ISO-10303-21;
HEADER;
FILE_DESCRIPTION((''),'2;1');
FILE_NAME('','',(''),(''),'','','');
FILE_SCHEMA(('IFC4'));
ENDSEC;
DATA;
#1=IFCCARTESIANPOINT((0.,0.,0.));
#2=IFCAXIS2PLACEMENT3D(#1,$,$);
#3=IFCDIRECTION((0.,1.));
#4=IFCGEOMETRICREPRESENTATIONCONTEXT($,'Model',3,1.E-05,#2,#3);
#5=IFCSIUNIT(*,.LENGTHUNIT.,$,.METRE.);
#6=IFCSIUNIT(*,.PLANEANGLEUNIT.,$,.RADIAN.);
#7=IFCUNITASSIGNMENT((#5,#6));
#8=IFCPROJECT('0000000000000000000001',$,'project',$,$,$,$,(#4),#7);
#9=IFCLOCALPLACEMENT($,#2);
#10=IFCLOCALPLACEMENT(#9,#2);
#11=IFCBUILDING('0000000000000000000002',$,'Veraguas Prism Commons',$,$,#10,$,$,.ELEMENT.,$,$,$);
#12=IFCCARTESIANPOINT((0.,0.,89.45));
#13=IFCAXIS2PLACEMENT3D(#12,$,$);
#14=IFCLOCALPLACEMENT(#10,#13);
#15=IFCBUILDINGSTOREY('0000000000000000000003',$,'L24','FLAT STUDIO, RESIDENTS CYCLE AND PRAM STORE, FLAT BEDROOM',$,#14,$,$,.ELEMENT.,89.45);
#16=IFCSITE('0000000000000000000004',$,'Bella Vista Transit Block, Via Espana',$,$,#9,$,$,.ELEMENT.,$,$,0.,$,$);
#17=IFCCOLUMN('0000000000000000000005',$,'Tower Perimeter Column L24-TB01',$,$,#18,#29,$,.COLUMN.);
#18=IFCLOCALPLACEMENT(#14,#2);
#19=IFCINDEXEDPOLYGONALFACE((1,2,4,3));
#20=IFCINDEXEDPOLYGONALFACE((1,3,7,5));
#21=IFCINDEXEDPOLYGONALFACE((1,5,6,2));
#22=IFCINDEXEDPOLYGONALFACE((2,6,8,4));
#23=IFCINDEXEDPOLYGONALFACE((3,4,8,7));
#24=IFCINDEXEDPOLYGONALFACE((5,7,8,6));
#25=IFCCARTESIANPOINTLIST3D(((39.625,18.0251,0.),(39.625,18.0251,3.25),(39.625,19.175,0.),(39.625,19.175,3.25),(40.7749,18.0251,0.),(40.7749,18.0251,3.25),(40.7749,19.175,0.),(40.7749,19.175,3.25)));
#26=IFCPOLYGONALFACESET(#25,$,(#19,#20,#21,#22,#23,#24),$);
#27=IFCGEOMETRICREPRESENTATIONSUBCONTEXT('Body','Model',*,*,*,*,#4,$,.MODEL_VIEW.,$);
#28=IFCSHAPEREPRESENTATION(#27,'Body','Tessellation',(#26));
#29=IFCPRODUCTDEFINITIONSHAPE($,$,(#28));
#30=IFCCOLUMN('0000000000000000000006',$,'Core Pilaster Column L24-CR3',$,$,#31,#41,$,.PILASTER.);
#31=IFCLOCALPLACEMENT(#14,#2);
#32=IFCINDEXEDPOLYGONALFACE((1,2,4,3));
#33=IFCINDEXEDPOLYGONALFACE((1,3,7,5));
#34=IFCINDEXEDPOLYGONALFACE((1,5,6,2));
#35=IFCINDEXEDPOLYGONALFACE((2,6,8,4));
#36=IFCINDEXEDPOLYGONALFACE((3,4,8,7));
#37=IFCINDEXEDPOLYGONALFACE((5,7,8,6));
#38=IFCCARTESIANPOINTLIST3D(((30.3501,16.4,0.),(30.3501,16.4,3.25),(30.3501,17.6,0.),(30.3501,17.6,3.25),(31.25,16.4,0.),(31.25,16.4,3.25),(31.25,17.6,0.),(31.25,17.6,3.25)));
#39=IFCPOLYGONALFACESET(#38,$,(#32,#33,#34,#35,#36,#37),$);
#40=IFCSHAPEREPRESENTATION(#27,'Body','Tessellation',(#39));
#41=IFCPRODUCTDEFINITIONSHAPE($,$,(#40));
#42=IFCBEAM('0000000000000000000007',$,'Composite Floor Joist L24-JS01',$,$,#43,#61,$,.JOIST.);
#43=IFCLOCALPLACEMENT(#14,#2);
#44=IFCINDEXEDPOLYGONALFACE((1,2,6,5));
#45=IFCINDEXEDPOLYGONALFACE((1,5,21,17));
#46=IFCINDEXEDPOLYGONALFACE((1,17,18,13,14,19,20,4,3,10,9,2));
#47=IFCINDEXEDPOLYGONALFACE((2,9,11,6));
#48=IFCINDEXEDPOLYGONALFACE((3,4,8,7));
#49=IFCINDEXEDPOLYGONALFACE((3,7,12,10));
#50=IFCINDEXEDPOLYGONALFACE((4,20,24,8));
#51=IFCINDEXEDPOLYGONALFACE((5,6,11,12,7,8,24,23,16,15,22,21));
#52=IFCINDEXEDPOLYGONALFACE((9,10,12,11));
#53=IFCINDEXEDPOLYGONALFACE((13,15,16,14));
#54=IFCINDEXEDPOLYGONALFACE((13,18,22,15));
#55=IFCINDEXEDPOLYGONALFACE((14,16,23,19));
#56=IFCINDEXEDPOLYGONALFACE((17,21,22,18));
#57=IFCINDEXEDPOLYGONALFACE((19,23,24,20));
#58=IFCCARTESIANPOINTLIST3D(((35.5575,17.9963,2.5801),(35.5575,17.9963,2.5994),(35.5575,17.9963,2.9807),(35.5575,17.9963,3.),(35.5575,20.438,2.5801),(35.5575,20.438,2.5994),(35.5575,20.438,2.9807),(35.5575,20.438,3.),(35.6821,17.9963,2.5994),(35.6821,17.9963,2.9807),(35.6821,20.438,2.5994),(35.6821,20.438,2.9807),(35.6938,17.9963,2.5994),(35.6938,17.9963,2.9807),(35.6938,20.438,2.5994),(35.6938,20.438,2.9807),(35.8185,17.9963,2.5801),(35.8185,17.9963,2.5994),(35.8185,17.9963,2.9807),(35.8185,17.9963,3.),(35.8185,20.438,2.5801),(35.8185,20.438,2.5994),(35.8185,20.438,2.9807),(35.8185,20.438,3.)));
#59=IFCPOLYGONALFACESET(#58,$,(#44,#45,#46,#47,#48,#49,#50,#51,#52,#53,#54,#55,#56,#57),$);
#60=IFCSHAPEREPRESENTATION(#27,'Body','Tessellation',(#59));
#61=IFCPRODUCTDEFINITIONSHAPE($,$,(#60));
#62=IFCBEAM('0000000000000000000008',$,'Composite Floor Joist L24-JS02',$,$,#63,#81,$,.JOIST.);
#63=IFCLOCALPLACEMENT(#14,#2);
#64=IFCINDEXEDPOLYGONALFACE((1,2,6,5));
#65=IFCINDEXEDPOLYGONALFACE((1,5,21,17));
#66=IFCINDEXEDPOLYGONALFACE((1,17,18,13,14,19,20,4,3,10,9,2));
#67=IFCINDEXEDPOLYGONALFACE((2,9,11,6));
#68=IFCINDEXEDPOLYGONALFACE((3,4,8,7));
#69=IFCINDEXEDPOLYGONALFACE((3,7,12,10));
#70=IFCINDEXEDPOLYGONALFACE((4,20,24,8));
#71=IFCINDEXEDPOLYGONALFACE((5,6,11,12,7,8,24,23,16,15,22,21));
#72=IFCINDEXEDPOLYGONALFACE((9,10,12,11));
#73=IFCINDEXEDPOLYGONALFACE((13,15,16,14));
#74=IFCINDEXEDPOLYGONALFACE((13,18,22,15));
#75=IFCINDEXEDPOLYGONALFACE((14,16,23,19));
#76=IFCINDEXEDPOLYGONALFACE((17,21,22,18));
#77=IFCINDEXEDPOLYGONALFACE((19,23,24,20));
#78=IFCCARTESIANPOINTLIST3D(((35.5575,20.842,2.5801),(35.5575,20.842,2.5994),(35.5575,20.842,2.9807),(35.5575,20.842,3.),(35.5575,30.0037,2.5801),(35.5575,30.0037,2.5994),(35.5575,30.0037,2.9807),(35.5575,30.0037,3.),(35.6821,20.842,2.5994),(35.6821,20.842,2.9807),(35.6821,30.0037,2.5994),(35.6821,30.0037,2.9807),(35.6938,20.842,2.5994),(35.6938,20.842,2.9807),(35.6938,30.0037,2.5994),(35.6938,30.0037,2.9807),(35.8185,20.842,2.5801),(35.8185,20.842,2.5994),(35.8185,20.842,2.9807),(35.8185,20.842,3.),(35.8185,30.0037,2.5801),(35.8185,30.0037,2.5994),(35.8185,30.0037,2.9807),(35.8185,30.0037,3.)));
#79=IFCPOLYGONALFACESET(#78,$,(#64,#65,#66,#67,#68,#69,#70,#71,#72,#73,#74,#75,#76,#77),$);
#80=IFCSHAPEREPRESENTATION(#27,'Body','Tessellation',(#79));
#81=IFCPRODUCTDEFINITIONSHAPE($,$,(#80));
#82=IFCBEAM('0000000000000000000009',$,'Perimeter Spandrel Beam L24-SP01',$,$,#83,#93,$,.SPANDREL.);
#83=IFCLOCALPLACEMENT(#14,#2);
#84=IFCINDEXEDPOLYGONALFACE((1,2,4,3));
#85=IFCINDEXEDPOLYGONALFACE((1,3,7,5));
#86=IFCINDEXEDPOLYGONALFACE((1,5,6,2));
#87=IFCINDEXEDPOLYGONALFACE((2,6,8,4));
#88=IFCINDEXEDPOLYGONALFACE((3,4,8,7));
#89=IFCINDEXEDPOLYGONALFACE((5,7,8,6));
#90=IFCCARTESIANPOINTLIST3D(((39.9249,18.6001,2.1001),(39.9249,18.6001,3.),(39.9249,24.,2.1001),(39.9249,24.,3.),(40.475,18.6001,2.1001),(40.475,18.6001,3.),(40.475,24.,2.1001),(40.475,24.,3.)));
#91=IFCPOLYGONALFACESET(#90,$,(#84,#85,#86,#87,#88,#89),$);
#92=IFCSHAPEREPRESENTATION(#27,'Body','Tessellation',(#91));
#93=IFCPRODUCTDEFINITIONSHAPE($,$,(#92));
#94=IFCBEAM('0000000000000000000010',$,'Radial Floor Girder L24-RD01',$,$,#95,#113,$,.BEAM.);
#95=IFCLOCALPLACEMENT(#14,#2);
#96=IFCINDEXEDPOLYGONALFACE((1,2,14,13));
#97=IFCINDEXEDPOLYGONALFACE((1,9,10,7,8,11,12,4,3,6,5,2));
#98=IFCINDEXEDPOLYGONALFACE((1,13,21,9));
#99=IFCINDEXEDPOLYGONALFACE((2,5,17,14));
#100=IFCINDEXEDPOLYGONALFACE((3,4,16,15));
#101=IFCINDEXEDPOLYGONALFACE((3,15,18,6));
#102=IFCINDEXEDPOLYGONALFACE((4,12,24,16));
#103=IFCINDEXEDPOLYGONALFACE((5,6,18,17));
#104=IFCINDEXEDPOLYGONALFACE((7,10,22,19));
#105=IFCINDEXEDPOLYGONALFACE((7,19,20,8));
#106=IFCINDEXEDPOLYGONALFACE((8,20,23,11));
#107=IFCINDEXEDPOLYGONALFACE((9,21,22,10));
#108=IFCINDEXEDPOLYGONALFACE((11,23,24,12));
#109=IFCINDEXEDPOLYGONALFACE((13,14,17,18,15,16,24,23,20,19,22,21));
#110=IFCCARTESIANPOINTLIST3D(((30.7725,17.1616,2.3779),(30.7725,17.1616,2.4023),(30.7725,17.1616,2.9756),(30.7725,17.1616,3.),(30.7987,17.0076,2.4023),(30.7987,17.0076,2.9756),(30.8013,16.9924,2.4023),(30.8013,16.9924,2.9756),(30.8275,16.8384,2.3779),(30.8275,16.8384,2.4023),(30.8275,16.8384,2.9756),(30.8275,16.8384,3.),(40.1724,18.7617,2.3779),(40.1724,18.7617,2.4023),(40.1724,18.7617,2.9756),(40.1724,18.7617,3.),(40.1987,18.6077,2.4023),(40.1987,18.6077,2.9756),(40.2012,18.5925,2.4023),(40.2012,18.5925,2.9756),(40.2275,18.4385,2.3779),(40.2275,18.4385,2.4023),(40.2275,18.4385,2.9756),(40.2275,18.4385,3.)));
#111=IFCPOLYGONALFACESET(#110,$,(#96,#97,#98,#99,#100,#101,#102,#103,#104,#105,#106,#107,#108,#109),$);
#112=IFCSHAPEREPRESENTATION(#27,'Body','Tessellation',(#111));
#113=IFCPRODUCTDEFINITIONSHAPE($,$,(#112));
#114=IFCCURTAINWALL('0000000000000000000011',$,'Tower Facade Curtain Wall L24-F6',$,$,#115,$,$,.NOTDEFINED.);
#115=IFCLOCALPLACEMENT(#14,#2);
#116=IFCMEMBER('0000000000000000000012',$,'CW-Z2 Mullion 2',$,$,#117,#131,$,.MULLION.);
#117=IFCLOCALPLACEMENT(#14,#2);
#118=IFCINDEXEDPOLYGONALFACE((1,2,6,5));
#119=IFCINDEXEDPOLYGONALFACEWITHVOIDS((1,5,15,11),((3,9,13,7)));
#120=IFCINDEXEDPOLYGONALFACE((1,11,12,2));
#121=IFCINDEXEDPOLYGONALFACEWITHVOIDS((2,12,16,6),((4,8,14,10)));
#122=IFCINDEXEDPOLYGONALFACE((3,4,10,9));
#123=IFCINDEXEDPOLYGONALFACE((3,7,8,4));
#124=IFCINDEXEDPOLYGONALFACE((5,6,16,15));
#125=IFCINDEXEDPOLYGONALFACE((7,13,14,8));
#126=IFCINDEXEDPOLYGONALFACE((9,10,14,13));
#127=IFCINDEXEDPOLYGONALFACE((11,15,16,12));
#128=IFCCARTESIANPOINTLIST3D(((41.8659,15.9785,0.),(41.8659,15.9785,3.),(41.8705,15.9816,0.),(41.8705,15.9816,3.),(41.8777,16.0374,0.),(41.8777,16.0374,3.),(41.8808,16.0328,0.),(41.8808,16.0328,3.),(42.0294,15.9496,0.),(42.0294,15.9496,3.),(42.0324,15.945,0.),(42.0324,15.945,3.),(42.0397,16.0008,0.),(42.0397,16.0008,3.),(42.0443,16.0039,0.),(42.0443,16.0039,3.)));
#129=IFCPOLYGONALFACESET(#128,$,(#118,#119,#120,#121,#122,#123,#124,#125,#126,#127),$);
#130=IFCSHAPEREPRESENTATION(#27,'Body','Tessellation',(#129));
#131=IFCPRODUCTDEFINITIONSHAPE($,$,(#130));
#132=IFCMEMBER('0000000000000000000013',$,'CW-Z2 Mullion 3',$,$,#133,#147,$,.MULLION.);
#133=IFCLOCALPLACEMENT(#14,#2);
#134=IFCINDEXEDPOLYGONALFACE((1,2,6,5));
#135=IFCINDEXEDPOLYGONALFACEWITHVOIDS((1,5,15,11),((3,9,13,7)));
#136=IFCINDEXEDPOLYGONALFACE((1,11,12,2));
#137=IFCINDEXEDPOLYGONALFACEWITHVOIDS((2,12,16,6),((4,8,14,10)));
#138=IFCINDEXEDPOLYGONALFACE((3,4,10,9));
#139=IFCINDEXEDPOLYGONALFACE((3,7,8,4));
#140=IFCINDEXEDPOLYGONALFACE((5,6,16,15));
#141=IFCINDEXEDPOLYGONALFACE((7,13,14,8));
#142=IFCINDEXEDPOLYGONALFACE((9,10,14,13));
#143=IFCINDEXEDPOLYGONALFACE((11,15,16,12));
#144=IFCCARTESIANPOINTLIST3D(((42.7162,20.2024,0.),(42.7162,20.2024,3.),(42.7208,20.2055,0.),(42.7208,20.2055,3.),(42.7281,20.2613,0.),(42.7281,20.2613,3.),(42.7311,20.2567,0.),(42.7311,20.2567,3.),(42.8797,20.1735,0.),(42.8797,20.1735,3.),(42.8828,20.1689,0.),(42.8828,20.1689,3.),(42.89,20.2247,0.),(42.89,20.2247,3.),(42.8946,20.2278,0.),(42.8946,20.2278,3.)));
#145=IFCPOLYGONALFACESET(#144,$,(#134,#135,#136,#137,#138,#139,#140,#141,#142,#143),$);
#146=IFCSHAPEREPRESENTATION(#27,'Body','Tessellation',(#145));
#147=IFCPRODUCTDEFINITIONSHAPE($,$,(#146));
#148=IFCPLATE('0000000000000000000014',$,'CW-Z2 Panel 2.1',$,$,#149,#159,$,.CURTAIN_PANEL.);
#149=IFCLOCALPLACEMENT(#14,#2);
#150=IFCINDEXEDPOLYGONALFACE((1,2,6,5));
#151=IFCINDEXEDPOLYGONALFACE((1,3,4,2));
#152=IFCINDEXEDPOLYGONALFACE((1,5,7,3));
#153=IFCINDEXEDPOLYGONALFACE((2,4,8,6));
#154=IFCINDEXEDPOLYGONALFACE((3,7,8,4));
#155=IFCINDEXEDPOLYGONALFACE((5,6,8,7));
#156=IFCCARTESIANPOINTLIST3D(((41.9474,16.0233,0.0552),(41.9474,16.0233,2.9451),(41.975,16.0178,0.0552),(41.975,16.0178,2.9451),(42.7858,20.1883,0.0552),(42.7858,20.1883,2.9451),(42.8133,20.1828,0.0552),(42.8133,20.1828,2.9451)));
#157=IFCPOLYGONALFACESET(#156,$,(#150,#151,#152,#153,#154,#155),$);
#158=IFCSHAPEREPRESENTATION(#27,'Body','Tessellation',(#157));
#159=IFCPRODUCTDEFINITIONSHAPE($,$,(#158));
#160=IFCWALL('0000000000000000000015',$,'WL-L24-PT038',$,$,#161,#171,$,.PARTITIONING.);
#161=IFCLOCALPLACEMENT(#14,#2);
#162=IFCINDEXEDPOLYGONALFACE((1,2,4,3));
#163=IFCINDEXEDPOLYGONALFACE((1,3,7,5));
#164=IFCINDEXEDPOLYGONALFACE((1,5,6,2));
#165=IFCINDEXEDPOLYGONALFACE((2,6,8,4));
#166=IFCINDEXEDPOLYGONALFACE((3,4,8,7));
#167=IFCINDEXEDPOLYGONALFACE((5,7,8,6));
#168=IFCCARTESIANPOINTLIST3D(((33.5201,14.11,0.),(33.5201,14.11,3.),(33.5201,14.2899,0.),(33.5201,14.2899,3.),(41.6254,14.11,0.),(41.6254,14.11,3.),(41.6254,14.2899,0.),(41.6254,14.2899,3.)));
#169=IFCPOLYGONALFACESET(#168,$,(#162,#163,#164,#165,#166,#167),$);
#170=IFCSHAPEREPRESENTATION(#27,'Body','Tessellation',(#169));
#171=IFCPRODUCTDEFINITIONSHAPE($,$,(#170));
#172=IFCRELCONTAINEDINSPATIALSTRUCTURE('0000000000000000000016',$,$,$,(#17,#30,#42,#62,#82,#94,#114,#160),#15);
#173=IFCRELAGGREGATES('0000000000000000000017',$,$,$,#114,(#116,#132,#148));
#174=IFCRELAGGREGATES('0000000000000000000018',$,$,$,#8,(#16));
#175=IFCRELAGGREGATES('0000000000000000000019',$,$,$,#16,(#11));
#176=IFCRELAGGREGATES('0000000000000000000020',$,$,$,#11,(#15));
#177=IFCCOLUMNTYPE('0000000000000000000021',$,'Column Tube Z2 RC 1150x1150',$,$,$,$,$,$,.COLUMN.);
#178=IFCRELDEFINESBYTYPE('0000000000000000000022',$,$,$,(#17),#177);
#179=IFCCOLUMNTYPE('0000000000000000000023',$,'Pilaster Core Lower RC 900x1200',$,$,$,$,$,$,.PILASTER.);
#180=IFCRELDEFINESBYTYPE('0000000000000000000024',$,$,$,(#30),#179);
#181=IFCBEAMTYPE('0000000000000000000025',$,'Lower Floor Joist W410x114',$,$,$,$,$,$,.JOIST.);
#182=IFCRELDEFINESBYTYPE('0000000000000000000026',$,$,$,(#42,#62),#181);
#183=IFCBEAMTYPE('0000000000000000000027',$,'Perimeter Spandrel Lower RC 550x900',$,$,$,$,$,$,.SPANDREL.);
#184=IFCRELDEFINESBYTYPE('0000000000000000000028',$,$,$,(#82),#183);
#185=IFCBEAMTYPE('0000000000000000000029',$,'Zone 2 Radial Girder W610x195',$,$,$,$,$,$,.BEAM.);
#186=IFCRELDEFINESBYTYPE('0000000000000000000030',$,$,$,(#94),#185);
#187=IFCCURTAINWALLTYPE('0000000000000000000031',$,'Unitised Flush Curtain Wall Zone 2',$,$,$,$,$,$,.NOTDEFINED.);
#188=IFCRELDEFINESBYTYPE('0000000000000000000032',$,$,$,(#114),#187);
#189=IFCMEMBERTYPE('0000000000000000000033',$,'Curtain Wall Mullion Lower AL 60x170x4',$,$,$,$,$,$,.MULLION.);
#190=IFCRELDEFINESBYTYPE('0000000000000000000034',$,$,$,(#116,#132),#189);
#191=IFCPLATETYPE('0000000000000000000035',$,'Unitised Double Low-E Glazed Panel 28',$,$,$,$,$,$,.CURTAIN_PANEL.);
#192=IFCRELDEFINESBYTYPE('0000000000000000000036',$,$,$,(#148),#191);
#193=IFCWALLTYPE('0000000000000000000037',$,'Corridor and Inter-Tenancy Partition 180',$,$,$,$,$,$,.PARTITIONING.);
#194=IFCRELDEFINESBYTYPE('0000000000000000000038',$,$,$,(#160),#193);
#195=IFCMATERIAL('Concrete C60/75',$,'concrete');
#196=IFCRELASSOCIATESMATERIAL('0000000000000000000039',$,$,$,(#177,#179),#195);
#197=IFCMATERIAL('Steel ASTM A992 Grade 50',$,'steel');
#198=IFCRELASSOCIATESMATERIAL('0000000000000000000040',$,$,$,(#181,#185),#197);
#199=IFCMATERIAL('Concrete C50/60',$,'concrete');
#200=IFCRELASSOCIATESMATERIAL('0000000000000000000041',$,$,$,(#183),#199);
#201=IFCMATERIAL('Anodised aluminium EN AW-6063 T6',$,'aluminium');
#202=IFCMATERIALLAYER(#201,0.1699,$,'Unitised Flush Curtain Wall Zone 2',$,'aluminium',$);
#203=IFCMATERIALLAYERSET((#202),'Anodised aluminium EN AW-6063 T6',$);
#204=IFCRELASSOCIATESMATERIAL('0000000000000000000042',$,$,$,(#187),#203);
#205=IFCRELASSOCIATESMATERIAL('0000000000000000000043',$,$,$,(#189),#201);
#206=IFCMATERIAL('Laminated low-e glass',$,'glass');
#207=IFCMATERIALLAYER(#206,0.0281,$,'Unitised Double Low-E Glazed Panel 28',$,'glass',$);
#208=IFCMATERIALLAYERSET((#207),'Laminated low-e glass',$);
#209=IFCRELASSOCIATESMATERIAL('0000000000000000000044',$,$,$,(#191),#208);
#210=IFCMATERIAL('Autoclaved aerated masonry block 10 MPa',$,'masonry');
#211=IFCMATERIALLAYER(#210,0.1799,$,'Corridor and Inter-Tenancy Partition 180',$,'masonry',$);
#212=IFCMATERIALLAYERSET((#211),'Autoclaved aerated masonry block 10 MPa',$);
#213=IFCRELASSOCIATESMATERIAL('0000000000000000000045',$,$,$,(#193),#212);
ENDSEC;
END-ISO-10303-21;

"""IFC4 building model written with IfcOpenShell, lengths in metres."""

from ifc_helpers import new_model, si_unit, direction, frame, frame_2d, origin, origin_2d, place, context, subcontext, project, spatial, rectangle, hollow_rectangle, i_section, extrude, source, transform, mapped, material, layer, layer_set, material_profile, profile_set, type_object, element, aggregate, save


model = new_model("IFC4")

# Units and contexts
model_context = context("Model", 3, precision=1e-05, world=origin(), true_north=direction((0.0, 1.0)))
body_context = subcontext(model_context, "Body", "Model", "MODEL_VIEW")
ifc_project = project(units=[si_unit("LENGTHUNIT", "METRE"), si_unit("PLANEANGLEUNIT", "RADIAN")], contexts=[model_context])

# Site, building, storey
site_placement = place(None, origin())
site = spatial("IfcSite", under=ifc_project, at=site_placement, Name="Bella Vista Transit Block, Via Espana", CompositionType="ELEMENT", RefElevation=0.0)
building_placement = place(site_placement, origin())
building = spatial("IfcBuilding", under=site, at=building_placement, Name="Veraguas Prism Commons", CompositionType="ELEMENT")
storey_placement = place(building_placement, frame((0.0, 0.0, 89.45)))
storey = spatial("IfcBuildingStorey", under=building, at=storey_placement, Name="L24", Description="FLAT STUDIO, RESIDENTS CYCLE AND PRAM STORE, FLAT BEDROOM", CompositionType="ELEMENT", Elevation=89.45)

# Columns
ifc_material_1 = material(Name="Concrete C60/75", Category="concrete")
ifc_material_profile_1 = material_profile(ifc_material_1, rectangle(XDim=1.1499, YDim=1.1499, at=origin_2d()), Name="RC1150X1150")
ifc_profile_set_1 = profile_set([ifc_material_profile_1], Name="Concrete C60/75")
column_type_1 = type_object("IfcColumnType", Name="Column Tube Z2 RC 1150x1150", PredefinedType="COLUMN", material=ifc_profile_set_1)
column_1_placement = place(storey_placement, frame((40.2, 18.6001, 0.0), z_axis=(0.0, 0.0, 1.0), x_axis=(1.0, 0.0, 0.0)))
element("IfcColumn", 1, at=column_1_placement, inside=storey, type_object=column_type_1, Name="Tower Perimeter Column L24-TB01", PredefinedType="COLUMN", context=body_context, shape_type="SweptSolid", body=[
    extrude(rectangle(XDim=1.1499, YDim=1.1499, at=origin_2d()), origin(), (0.0, 0.0, 1.0), 3.25),
])
ifc_material_profile_2 = material_profile(ifc_material_1, rectangle(XDim=0.8999, YDim=1.2, at=origin_2d()), Name="RC900X1200")
ifc_profile_set_2 = profile_set([ifc_material_profile_2], Name="Concrete C60/75")
column_type_2 = type_object("IfcColumnType", Name="Pilaster Core Lower RC 900x1200", PredefinedType="PILASTER", material=ifc_profile_set_2)
column_2_placement = place(storey_placement, frame((30.8, 17.0, 0.0), z_axis=(0.0, 0.0, 1.0), x_axis=(1.0, 0.0, 0.0)))
element("IfcColumn", 2, at=column_2_placement, inside=storey, type_object=column_type_2, Name="Core Pilaster Column L24-CR3", PredefinedType="PILASTER", context=body_context, shape_type="SweptSolid", body=[
    extrude(rectangle(XDim=0.8999, YDim=1.2, at=origin_2d()), origin(), (0.0, 0.0, 1.0), 3.25),
])

# Beams
ifc_material_2 = material(Name="Steel ASTM A992 Grade 50", Category="steel")
ifc_material_profile_3 = material_profile(ifc_material_2, i_section(OverallWidth=0.261, OverallDepth=0.4199, WebThickness=0.0117, FlangeThickness=0.0193, at=origin_2d()), Name="W410X114")
ifc_profile_set_3 = profile_set([ifc_material_profile_3], Name="Steel ASTM A992 Grade 50")
beam_type_1 = type_object("IfcBeamType", Name="Lower Floor Joist W410x114", PredefinedType="JOIST", material=ifc_profile_set_3)
beam_1_placement = place(storey_placement, frame((35.688, 17.9963, 2.79), z_axis=(0.0, 1.0, 0.0), x_axis=(-1.0, 0.0, 0.0)))
element("IfcBeam", 3, at=beam_1_placement, inside=storey, type_object=beam_type_1, Name="Composite Floor Joist L24-JS01", PredefinedType="JOIST", context=body_context, shape_type="SweptSolid", body=[
    extrude(i_section(OverallWidth=0.261, OverallDepth=0.4199, WebThickness=0.0117, FlangeThickness=0.0193, at=origin_2d()), origin(), (0.0, 0.0, 1.0), 2.4417),
])
beam_2_placement = place(storey_placement, frame((35.688, 20.842, 2.79), z_axis=(0.0, 1.0, 0.0), x_axis=(-1.0, 0.0, 0.0)))
element("IfcBeam", 4, at=beam_2_placement, inside=storey, type_object=beam_type_1, Name="Composite Floor Joist L24-JS02", PredefinedType="JOIST", context=body_context, shape_type="SweptSolid", body=[
    extrude(i_section(OverallWidth=0.261, OverallDepth=0.4199, WebThickness=0.0117, FlangeThickness=0.0193, at=origin_2d()), origin(), (0.0, 0.0, 1.0), 9.1616),
])
ifc_material_3 = material(Name="Concrete C50/60", Category="concrete")
ifc_material_profile_4 = material_profile(ifc_material_3, rectangle(XDim=0.55, YDim=0.8999, at=origin_2d()), Name="RC550X900")
ifc_profile_set_4 = profile_set([ifc_material_profile_4], Name="Concrete C50/60")
beam_type_2 = type_object("IfcBeamType", Name="Perimeter Spandrel Lower RC 550x900", PredefinedType="SPANDREL", material=ifc_profile_set_4)
beam_3_placement = place(storey_placement, frame((40.2, 18.6001, 2.55), z_axis=(0.0, 1.0, 0.0), x_axis=(-1.0, 0.0, 0.0)))
element("IfcBeam", 5, at=beam_3_placement, inside=storey, type_object=beam_type_2, Name="Perimeter Spandrel Beam L24-SP01", PredefinedType="SPANDREL", context=body_context, shape_type="SweptSolid", body=[
    extrude(rectangle(XDim=0.55, YDim=0.8999, at=origin_2d()), origin(), (0.0, 0.0, 1.0), 5.3999),
])
ifc_material_profile_5 = material_profile(ifc_material_2, i_section(OverallWidth=0.3279, OverallDepth=0.6221, WebThickness=0.0154, FlangeThickness=0.0244, at=origin_2d()), Name="W610X195")
ifc_profile_set_5 = profile_set([ifc_material_profile_5], Name="Steel ASTM A992 Grade 50")
beam_type_3 = type_object("IfcBeamType", Name="Zone 2 Radial Girder W610x195", PredefinedType="BEAM", material=ifc_profile_set_5)
beam_4_placement = place(storey_placement, frame((40.2, 18.6001, 2.689), z_axis=(-0.985819, -0.167811, 0.0), x_axis=(0.167811, -0.985819, 0.0)))
element("IfcBeam", 6, at=beam_4_placement, inside=storey, type_object=beam_type_3, Name="Radial Floor Girder L24-RD01", PredefinedType="BEAM", context=body_context, shape_type="SweptSolid", body=[
    extrude(i_section(OverallWidth=0.3279, OverallDepth=0.6221, WebThickness=0.0154, FlangeThickness=0.0244, at=origin_2d()), origin(), (0.0, 0.0, 1.0), 9.5352),
])

# Curtain wall, members, plate
ifc_material_4 = material(Name="Anodised aluminium EN AW-6063 T6", Category="aluminium")
ifc_layer_1 = layer(ifc_material_4, 0.1699, Name="Unitised Flush Curtain Wall Zone 2", Category="aluminium")
ifc_layer_set_1 = layer_set([ifc_layer_1], Name="Anodised aluminium EN AW-6063 T6")
curtain_wall_type = type_object("IfcCurtainWallType", Name="Unitised Flush Curtain Wall Zone 2", PredefinedType="NOTDEFINED", material=ifc_layer_set_1)
curtain_wall_placement = place(storey_placement, origin())
curtain_wall = element("IfcCurtainWall", 7, at=curtain_wall_placement, inside=storey, type_object=curtain_wall_type, Name="Tower Facade Curtain Wall L24-F6", PredefinedType="NOTDEFINED")
ifc_material_profile_6 = material_profile(ifc_material_4, hollow_rectangle(XDim=0.0601, YDim=0.1699, WallThickness=0.0039, at=origin_2d()), Name="AL60X170X4")
ifc_profile_set_6 = profile_set([ifc_material_profile_6], Name="Anodised aluminium EN AW-6063 T6")
member_type = type_object("IfcMemberType", Name="Curtain Wall Mullion Lower AL 60x170x4", PredefinedType="MULLION", material=ifc_profile_set_6)
shared_shape_1 = source(origin(), body_context, "Body", "SweptSolid", [
    extrude(hollow_rectangle(XDim=0.0601, YDim=0.1699, WallThickness=0.0039, at=origin_2d()), origin(), (0.0, 0.0, 1.0), 3.0),
])
member_1_placement = place(storey_placement, frame((41.9551, 15.9912, 0.0), z_axis=(0.0, 0.0, 1.0), x_axis=(0.19732, 0.980339, 0.0)))
member_1 = element("IfcMember", 8, at=member_1_placement, type_object=member_type, Name="CW-Z2 Mullion 2", PredefinedType="MULLION", context=body_context, shape_type="MappedRepresentation", body=[
    mapped(shared_shape_1, transform((0.0, 0.0, 0.0), scale=1.0)),
])
member_2_placement = place(storey_placement, frame((42.8054, 20.2151, 0.0), z_axis=(0.0, 0.0, 1.0), x_axis=(0.19732, 0.980339, 0.0)))
member_2 = element("IfcMember", 9, at=member_2_placement, type_object=member_type, Name="CW-Z2 Mullion 3", PredefinedType="MULLION", context=body_context, shape_type="MappedRepresentation", body=[
    mapped(shared_shape_1, transform((0.0, 0.0, 0.0), scale=1.0)),
])
ifc_material_5 = material(Name="Laminated low-e glass", Category="glass")
ifc_layer_2 = layer(ifc_material_5, 0.0281, Name="Unitised Double Low-E Glazed Panel 28", Category="glass")
ifc_layer_set_2 = layer_set([ifc_layer_2], Name="Laminated low-e glass")
plate_type = type_object("IfcPlateType", Name="Unitised Double Low-E Glazed Panel 28", PredefinedType="CURTAIN_PANEL", material=ifc_layer_set_2)
shared_shape_2 = source(origin(), body_context, "Body", "SweptSolid", [
    extrude(rectangle(XDim=4.2485, YDim=0.0281, at=origin_2d()), origin(), (0.0, 0.0, 1.0), 2.8899),
])
plate_placement = place(storey_placement, frame((42.3804, 18.103, 0.0552), z_axis=(0.0, 0.0, 1.0), x_axis=(0.19732, 0.980339, 0.0)))
plate = element("IfcPlate", 10, at=plate_placement, type_object=plate_type, Name="CW-Z2 Panel 2.1", PredefinedType="CURTAIN_PANEL", context=body_context, shape_type="MappedRepresentation", body=[
    mapped(shared_shape_2, transform((0.0, 0.0, 0.0), scale=1.0)),
])
aggregate(curtain_wall, [member_1, member_2, plate])

# Wall
ifc_material_6 = material(Name="Autoclaved aerated masonry block 10 MPa", Category="masonry")
ifc_layer_3 = layer(ifc_material_6, 0.1799, Name="Corridor and Inter-Tenancy Partition 180", Category="masonry")
ifc_layer_set_3 = layer_set([ifc_layer_3], Name="Autoclaved aerated masonry block 10 MPa")
wall_type_1 = type_object("IfcWallType", Name="Corridor and Inter-Tenancy Partition 180", PredefinedType="PARTITIONING", material=ifc_layer_set_3)
wall_1_placement = place(storey_placement, frame((33.52, 14.2, 0.0), z_axis=(0.0, 0.0, 1.0), x_axis=(1.0, 0.0, 0.0)))
element("IfcWall", 11, at=wall_1_placement, inside=storey, type_object=wall_type_1, Name="WL-L24-PT038", PredefinedType="PARTITIONING", context=body_context, shape_type="SweptSolid", body=[
    extrude(rectangle(XDim=8.1052, YDim=0.1799, at=frame_2d((4.0527, 0.0))), origin(), (0.0, 0.0, 1.0), 3.0),
])

save(model, "model.ifc")
